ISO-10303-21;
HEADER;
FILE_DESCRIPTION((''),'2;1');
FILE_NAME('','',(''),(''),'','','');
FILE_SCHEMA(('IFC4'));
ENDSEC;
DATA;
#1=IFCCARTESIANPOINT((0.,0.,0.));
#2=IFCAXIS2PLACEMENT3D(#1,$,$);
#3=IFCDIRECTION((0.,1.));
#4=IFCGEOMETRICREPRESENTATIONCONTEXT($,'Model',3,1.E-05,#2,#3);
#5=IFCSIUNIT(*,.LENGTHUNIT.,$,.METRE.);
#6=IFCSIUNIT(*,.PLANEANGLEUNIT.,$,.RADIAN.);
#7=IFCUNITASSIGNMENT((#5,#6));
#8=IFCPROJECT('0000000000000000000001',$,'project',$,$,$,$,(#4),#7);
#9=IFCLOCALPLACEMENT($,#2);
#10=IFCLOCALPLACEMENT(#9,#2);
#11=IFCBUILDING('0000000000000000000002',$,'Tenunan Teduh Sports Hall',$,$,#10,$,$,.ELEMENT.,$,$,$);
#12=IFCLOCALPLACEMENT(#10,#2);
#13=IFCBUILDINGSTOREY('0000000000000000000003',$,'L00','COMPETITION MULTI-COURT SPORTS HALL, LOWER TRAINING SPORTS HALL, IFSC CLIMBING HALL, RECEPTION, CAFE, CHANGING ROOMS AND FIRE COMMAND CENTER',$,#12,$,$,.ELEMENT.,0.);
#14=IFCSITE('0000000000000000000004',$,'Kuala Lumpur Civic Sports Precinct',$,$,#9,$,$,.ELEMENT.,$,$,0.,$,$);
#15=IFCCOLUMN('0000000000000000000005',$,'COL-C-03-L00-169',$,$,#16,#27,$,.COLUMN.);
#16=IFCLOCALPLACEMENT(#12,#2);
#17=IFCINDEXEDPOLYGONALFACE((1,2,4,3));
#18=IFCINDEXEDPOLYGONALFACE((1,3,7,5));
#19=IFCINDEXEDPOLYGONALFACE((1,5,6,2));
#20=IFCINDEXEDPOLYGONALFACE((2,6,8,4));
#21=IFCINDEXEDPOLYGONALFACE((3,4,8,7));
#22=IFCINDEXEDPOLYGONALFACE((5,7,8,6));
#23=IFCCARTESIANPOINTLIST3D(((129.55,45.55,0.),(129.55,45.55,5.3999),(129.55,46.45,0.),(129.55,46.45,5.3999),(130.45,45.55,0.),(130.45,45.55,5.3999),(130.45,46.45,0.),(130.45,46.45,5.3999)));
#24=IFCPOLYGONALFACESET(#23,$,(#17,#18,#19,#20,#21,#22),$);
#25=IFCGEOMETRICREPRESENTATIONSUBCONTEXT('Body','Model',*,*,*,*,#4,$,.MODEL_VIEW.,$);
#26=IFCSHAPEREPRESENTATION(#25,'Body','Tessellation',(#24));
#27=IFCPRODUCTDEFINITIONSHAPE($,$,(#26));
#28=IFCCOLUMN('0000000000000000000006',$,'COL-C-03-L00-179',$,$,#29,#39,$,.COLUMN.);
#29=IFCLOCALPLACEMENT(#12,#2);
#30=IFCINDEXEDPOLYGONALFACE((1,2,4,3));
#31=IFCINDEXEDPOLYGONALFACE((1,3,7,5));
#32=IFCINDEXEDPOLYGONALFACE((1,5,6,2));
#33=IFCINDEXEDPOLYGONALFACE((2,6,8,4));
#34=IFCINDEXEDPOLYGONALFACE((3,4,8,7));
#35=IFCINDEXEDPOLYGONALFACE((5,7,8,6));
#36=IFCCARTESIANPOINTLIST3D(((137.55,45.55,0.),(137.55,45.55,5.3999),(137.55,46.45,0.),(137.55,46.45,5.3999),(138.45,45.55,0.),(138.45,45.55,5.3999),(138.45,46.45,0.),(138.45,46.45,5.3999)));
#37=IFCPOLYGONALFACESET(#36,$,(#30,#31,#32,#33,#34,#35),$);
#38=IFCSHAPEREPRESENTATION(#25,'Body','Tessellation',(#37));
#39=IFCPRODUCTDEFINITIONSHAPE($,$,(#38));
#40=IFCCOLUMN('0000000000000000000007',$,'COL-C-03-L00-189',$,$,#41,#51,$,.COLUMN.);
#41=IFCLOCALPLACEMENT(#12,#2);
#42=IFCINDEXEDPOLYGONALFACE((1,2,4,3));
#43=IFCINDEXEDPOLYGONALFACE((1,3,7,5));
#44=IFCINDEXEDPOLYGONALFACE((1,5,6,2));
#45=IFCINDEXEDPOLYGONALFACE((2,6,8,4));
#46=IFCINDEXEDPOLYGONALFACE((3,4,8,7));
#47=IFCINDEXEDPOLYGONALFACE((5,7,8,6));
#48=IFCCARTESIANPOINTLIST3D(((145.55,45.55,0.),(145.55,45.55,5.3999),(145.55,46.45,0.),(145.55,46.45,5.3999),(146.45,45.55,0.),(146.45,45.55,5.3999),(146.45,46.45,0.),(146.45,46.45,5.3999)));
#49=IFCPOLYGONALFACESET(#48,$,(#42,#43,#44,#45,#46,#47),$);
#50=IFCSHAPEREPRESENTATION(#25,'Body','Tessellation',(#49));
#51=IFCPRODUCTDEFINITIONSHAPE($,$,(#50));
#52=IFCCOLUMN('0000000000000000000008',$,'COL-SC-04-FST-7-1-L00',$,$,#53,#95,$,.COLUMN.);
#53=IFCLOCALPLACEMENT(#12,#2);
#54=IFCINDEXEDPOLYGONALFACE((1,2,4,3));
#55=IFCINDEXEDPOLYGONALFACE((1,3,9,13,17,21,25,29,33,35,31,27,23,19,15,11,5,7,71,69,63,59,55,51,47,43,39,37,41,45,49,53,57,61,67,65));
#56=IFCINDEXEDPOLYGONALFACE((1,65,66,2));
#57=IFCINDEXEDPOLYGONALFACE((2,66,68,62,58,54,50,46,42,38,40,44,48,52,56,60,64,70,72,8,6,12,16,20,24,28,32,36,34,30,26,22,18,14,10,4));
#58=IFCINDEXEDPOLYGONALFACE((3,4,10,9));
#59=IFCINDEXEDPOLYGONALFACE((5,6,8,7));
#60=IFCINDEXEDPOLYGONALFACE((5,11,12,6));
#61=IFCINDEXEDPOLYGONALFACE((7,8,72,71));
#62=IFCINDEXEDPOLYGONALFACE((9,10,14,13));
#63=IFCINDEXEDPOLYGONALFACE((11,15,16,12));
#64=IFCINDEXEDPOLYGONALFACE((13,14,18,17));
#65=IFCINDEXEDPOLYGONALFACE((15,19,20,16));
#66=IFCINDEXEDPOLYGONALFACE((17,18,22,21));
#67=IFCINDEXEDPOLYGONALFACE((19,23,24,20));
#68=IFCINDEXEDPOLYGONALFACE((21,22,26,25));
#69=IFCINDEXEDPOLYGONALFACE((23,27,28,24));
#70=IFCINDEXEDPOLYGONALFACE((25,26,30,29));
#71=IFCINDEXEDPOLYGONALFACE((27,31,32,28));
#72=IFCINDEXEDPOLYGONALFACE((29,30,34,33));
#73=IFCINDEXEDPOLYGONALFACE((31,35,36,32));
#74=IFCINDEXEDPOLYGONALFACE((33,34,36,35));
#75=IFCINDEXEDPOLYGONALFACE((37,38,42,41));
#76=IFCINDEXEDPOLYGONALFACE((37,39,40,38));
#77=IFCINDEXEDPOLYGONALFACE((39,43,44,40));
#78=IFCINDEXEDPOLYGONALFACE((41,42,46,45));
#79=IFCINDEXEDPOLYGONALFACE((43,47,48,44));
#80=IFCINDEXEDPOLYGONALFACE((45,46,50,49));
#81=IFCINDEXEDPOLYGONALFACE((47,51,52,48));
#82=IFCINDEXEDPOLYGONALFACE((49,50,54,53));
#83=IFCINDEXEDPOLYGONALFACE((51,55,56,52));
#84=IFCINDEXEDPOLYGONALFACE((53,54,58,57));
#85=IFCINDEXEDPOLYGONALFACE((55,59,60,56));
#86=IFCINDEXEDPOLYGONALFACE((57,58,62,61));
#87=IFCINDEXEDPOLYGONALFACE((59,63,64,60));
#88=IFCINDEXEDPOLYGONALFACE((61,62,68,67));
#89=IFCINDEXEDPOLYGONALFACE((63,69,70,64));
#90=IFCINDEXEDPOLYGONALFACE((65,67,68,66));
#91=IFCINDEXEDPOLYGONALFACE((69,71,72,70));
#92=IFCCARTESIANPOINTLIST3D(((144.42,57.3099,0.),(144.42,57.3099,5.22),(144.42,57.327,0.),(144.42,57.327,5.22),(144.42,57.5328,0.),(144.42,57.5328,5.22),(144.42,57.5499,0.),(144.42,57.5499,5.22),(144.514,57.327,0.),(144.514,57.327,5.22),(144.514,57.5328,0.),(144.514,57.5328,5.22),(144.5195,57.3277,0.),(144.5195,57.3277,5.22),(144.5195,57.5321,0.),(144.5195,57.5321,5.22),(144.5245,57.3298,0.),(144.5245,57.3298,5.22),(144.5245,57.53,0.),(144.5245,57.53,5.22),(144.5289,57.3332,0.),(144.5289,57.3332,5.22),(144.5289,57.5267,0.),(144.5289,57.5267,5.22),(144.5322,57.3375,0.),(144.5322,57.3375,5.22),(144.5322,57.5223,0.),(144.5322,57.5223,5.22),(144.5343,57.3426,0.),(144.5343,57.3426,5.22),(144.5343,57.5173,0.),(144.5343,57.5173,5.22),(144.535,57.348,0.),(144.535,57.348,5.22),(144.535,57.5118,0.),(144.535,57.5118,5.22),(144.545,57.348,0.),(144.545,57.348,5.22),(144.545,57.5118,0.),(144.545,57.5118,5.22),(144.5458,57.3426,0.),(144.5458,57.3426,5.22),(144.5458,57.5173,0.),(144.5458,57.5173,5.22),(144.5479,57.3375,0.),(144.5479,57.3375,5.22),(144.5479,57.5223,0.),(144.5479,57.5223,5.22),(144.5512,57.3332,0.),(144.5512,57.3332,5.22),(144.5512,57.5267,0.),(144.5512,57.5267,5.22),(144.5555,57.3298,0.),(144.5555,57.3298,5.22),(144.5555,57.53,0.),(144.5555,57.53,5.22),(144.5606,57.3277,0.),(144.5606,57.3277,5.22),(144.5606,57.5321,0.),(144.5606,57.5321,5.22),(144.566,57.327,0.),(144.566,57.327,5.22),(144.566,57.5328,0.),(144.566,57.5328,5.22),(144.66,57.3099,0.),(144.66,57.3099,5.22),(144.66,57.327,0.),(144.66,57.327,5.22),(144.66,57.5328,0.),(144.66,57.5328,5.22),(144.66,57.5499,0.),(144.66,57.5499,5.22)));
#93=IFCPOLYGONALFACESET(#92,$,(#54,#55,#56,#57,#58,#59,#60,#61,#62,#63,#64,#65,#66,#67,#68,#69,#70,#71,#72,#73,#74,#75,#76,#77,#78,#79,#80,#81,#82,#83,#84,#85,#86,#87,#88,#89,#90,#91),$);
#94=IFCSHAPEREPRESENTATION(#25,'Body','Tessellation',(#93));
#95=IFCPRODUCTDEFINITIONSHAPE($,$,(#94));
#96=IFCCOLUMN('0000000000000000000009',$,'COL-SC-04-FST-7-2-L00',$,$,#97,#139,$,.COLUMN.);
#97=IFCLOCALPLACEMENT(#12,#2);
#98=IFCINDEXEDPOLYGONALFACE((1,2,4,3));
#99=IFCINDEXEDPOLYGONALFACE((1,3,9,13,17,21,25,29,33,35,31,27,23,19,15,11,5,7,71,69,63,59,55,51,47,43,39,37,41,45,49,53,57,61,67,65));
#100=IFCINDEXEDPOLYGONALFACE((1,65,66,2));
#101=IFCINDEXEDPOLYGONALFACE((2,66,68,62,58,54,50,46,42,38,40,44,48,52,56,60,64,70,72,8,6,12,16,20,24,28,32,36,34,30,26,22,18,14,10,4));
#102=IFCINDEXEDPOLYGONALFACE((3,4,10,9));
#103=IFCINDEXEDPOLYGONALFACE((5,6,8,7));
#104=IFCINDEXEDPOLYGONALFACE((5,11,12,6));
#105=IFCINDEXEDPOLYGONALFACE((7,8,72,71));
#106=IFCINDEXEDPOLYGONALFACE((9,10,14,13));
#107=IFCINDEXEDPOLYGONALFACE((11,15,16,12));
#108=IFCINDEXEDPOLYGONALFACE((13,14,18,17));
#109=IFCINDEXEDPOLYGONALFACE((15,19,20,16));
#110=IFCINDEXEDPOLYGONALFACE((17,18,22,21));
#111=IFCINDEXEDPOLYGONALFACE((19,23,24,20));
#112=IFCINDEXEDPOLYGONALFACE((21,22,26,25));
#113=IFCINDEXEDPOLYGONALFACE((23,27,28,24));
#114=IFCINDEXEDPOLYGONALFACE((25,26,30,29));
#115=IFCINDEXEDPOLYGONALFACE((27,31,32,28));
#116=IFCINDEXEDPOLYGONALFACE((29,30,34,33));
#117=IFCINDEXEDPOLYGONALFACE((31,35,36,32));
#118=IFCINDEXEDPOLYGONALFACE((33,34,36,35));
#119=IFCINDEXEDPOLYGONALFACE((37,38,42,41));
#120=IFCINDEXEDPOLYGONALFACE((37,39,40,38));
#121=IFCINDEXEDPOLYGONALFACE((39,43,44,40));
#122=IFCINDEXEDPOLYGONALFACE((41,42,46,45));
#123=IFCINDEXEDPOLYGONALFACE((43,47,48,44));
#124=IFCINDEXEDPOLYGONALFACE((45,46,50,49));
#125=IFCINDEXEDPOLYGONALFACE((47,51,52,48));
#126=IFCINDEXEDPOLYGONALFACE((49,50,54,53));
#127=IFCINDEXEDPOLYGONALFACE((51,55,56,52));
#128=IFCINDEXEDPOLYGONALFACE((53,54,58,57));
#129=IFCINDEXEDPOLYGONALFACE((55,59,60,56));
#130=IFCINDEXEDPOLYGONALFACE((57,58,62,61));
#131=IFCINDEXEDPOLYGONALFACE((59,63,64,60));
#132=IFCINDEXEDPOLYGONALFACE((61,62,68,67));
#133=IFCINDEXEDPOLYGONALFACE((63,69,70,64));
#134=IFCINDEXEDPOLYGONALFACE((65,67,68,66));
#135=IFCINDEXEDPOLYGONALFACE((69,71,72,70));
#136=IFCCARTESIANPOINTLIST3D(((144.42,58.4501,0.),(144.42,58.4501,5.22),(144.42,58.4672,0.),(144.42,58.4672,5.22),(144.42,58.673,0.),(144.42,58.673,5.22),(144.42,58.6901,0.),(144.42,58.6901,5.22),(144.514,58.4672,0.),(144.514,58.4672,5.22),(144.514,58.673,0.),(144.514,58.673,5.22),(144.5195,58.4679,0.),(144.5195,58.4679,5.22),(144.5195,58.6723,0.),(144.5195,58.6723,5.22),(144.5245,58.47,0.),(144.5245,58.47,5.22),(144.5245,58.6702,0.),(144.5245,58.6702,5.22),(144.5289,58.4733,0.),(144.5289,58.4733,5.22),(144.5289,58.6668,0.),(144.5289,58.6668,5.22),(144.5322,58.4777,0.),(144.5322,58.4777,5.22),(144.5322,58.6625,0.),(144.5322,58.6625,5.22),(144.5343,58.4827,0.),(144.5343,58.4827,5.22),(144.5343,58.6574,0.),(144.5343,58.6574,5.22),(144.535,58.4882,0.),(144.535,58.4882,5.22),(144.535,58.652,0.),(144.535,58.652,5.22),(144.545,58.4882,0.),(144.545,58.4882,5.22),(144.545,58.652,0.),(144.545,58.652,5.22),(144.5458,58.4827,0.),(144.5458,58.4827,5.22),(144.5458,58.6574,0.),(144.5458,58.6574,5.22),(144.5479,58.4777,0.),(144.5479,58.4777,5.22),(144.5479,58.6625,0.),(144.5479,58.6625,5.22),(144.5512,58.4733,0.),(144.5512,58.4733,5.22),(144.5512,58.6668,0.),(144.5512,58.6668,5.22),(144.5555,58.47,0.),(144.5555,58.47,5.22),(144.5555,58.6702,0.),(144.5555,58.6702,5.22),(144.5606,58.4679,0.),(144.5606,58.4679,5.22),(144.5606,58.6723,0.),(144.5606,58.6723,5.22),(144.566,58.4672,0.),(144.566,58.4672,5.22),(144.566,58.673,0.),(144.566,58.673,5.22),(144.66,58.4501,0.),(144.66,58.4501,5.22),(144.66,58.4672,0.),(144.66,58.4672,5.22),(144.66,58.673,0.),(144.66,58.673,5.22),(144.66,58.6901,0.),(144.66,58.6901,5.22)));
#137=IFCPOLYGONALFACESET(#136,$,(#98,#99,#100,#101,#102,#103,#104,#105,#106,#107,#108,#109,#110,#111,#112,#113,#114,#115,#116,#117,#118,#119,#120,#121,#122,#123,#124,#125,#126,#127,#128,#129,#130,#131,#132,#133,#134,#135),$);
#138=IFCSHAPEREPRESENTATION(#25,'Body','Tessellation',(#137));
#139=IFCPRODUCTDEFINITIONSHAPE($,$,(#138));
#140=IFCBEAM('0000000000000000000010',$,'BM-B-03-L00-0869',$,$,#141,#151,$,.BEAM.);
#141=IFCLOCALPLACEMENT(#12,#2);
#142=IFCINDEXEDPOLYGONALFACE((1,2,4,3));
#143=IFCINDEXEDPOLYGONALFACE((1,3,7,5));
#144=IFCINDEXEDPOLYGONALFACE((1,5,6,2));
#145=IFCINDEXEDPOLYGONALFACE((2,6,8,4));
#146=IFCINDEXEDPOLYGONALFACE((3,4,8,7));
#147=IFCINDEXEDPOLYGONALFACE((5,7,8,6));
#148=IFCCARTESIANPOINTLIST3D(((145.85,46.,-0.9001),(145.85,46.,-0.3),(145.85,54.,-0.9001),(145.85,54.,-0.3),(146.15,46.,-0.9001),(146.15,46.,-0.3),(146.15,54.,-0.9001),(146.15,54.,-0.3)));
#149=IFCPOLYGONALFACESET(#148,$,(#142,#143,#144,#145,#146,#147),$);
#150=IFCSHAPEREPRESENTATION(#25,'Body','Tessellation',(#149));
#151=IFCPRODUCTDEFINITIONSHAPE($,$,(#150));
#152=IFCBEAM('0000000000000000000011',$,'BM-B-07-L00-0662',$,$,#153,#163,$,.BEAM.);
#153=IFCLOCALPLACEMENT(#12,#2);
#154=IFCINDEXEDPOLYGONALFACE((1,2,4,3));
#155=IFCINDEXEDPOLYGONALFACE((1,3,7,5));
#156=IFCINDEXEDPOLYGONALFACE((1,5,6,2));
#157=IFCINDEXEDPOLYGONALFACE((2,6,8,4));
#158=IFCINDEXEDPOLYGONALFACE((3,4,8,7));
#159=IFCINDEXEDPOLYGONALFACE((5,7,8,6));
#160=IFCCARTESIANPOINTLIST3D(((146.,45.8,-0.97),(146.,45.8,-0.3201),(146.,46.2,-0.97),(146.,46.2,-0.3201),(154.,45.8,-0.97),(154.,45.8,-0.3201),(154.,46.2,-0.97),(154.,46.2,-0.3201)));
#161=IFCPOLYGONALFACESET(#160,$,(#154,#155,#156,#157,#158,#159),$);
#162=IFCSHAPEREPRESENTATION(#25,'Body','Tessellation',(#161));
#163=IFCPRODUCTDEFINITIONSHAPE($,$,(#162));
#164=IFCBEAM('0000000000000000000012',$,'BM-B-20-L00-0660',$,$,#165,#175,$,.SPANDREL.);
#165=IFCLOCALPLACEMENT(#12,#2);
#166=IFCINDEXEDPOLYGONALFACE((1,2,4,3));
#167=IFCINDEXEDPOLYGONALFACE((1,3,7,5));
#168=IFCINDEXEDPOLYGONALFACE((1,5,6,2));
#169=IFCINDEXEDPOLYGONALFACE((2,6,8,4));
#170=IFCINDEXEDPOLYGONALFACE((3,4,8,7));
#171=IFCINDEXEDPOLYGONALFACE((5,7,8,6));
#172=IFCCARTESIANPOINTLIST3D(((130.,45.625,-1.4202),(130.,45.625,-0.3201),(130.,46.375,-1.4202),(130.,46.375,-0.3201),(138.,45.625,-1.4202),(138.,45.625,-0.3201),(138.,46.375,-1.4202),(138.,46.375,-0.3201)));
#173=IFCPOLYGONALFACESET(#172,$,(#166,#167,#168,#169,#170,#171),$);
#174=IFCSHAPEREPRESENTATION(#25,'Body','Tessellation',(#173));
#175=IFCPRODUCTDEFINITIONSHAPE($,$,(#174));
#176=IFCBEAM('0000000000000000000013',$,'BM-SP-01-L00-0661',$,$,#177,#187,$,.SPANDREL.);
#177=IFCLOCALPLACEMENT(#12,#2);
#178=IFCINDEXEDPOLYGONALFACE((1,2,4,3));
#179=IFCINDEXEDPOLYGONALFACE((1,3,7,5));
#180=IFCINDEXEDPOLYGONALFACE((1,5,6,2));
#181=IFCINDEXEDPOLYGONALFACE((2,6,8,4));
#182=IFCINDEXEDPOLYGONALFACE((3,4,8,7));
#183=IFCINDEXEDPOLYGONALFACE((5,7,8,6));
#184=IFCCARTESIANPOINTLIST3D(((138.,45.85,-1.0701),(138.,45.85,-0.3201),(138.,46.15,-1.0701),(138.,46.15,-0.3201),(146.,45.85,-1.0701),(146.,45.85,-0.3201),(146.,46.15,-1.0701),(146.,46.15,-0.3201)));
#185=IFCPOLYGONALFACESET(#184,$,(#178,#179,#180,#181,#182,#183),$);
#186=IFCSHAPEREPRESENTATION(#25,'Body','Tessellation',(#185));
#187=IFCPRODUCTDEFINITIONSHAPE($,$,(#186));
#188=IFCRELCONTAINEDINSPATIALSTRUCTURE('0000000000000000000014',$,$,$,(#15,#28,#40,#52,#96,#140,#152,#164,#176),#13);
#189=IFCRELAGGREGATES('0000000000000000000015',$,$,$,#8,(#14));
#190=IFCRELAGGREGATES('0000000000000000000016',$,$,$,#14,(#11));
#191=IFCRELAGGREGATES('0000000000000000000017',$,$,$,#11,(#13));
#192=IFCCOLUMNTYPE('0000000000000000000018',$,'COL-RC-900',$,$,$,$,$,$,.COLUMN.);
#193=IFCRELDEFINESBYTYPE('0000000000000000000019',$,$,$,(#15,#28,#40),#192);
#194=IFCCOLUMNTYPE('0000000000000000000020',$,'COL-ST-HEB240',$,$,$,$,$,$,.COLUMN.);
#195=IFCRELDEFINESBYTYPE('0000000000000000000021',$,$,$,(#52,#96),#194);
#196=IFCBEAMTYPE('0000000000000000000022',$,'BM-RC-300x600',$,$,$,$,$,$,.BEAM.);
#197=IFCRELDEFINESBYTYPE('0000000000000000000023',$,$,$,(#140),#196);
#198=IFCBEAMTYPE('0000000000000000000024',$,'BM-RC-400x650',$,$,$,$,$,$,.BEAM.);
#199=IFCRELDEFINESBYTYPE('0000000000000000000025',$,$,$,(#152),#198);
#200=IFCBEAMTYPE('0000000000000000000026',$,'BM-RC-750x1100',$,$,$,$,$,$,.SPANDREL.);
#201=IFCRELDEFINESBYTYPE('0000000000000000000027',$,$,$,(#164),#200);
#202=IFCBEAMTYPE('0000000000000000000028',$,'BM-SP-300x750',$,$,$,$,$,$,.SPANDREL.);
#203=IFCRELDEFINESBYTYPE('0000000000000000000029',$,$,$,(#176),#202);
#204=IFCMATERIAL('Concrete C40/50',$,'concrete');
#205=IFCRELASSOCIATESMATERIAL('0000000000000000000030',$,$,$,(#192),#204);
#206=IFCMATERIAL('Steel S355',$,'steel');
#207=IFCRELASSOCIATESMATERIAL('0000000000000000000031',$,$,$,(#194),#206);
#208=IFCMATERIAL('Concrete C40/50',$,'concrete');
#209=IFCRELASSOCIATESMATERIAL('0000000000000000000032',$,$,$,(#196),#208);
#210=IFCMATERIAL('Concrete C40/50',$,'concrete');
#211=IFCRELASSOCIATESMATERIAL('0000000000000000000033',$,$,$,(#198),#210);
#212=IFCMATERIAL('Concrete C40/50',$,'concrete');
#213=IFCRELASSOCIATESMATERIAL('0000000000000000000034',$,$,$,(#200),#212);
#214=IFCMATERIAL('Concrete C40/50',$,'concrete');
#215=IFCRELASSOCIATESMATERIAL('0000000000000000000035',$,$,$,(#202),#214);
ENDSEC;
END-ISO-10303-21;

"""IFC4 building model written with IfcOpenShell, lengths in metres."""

from ifc_helpers import new_model, si_unit, direction, frame, origin, origin_2d, place, context, subcontext, project, spatial, rectangle, i_section, extrude, material, material_profile, profile_set, type_object, element, save


model = new_model("IFC4")

# Units and contexts
model_context = context("Model", 3, precision=1e-05, world=origin(), true_north=direction((0.0, 1.0)))
body_context = subcontext(model_context, "Body", "Model", "MODEL_VIEW")
ifc_project = project(units=[si_unit("LENGTHUNIT", "METRE"), si_unit("PLANEANGLEUNIT", "RADIAN")], contexts=[model_context])

# Site, building, storey
site_placement = place(None, origin())
site = spatial("IfcSite", under=ifc_project, at=site_placement, Name="Kuala Lumpur Civic Sports Precinct", CompositionType="ELEMENT", RefElevation=0.0)
building_placement = place(site_placement, origin())
building = spatial("IfcBuilding", under=site, at=building_placement, Name="Tenunan Teduh Sports Hall", CompositionType="ELEMENT")
storey_placement = place(building_placement, origin())
storey = spatial("IfcBuildingStorey", under=building, at=storey_placement, Name="L00", Description="COMPETITION MULTI-COURT SPORTS HALL, LOWER TRAINING SPORTS HALL, IFSC CLIMBING HALL, RECEPTION, CAFE, CHANGING ROOMS AND FIRE COMMAND CENTER", CompositionType="ELEMENT", Elevation=0.0)

# Columns
ifc_material_1 = material(Name="Concrete C40/50", Category="concrete")
ifc_material_profile_1 = material_profile(ifc_material_1, rectangle(XDim=0.8999, YDim=0.8999, at=origin_2d()), Name="RC 900x900")
ifc_profile_set_1 = profile_set([ifc_material_profile_1], Name="Concrete C40/50")
column_type_1 = type_object("IfcColumnType", Name="COL-RC-900", PredefinedType="COLUMN", material=ifc_profile_set_1)
for number, where, z_axis, x_axis, name in (
    (1, (130.0, 46.0, 0.0), (0.0, 0.0, 1.0), (1.0, 0.0, 0.0), "COL-C-03-L00-169"),
    (2, (138.0, 46.0, 0.0), (0.0, 0.0, 1.0), (1.0, 0.0, 0.0), "COL-C-03-L00-179"),
    (3, (146.0, 46.0, 0.0), (0.0, 0.0, 1.0), (1.0, 0.0, 0.0), "COL-C-03-L00-189"),
):
    element("IfcColumn", number, at=place(storey_placement, frame(where, z_axis=z_axis, x_axis=x_axis)), inside=storey, type_object=column_type_1, Name=name, PredefinedType="COLUMN", context=body_context, shape_type="SweptSolid", body=[
        extrude(rectangle(XDim=0.8999, YDim=0.8999, at=origin_2d()), origin(), (0.0, 0.0, 1.0), 5.3999),
    ])
ifc_material_2 = material(Name="Steel S355", Category="steel")
ifc_material_profile_2 = material_profile(ifc_material_2, i_section(OverallWidth=0.24, OverallDepth=0.24, WebThickness=0.01, FlangeThickness=0.0171, FilletRadius=0.021, at=origin_2d()), Name="HEB 240")
ifc_profile_set_2 = profile_set([ifc_material_profile_2], Name="Steel S355")
column_type_2 = type_object("IfcColumnType", Name="COL-ST-HEB240", PredefinedType="COLUMN", material=ifc_profile_set_2)
for number, where, z_axis, x_axis, name in (
    (4, (144.54, 57.4299, 0.0), (0.0, 0.0, 1.0), (1.0, 0.0, 0.0), "COL-SC-04-FST-7-1-L00"),
    (5, (144.54, 58.5701, 0.0), (0.0, 0.0, 1.0), (1.0, 0.0, 0.0), "COL-SC-04-FST-7-2-L00"),
):
    element("IfcColumn", number, at=place(storey_placement, frame(where, z_axis=z_axis, x_axis=x_axis)), inside=storey, type_object=column_type_2, Name=name, PredefinedType="COLUMN", context=body_context, shape_type="SweptSolid", body=[
        extrude(i_section(OverallWidth=0.24, OverallDepth=0.24, WebThickness=0.01, FlangeThickness=0.0171, FilletRadius=0.021, at=origin_2d()), origin(), (0.0, 0.0, 1.0), 5.22),
    ])

# Beams
ifc_material_3 = material(Name="Concrete C40/50", Category="concrete")
ifc_material_profile_3 = material_profile(ifc_material_3, rectangle(XDim=0.3, YDim=0.6001, at=origin_2d()), Name="RCB 300x600")
ifc_profile_set_3 = profile_set([ifc_material_profile_3], Name="Concrete C40/50")
beam_type_1 = type_object("IfcBeamType", Name="BM-RC-300x600", PredefinedType="BEAM", material=ifc_profile_set_3)
beam_1_placement = place(storey_placement, frame((146.0, 46.0, -0.6001), z_axis=(0.0, 1.0, 0.0), x_axis=(-1.0, 0.0, 0.0)))
element("IfcBeam", 6, at=beam_1_placement, inside=storey, type_object=beam_type_1, Name="BM-B-03-L00-0869", PredefinedType="BEAM", context=body_context, shape_type="SweptSolid", body=[
    extrude(rectangle(XDim=0.3, YDim=0.6001, at=origin_2d()), origin(), (0.0, 0.0, 1.0), 8.0),
])
ifc_material_4 = material(Name="Concrete C40/50", Category="concrete")
ifc_material_profile_4 = material_profile(ifc_material_4, rectangle(XDim=0.3999, YDim=0.6499, at=origin_2d()), Name="RCB 400x650")
ifc_profile_set_4 = profile_set([ifc_material_profile_4], Name="Concrete C40/50")
beam_type_2 = type_object("IfcBeamType", Name="BM-RC-400x650", PredefinedType="BEAM", material=ifc_profile_set_4)
beam_2_placement = place(storey_placement, frame((146.0, 46.0, -0.645), z_axis=(1.0, 0.0, 0.0), x_axis=(0.0, 1.0, 0.0)))
element("IfcBeam", 7, at=beam_2_placement, inside=storey, type_object=beam_type_2, Name="BM-B-07-L00-0662", PredefinedType="BEAM", context=body_context, shape_type="SweptSolid", body=[
    extrude(rectangle(XDim=0.3999, YDim=0.6499, at=origin_2d()), origin(), (0.0, 0.0, 1.0), 8.0),
])
ifc_material_5 = material(Name="Concrete C40/50", Category="concrete")
ifc_material_profile_5 = material_profile(ifc_material_5, rectangle(XDim=0.75, YDim=1.1001, at=origin_2d()), Name="RCB 750x1100")
ifc_profile_set_5 = profile_set([ifc_material_profile_5], Name="Concrete C40/50")
beam_type_3 = type_object("IfcBeamType", Name="BM-RC-750x1100", PredefinedType="SPANDREL", material=ifc_profile_set_5)
beam_3_placement = place(storey_placement, frame((130.0, 46.0, -0.8701), z_axis=(1.0, 0.0, 0.0), x_axis=(0.0, 1.0, 0.0)))
element("IfcBeam", 8, at=beam_3_placement, inside=storey, type_object=beam_type_3, Name="BM-B-20-L00-0660", PredefinedType="SPANDREL", context=body_context, shape_type="SweptSolid", body=[
    extrude(rectangle(XDim=0.75, YDim=1.1001, at=origin_2d()), origin(), (0.0, 0.0, 1.0), 8.0),
])
ifc_material_6 = material(Name="Concrete C40/50", Category="concrete")
ifc_material_profile_6 = material_profile(ifc_material_6, rectangle(XDim=0.3, YDim=0.75, at=origin_2d()), Name="SPB 300x750")
ifc_profile_set_6 = profile_set([ifc_material_profile_6], Name="Concrete C40/50")
beam_type_4 = type_object("IfcBeamType", Name="BM-SP-300x750", PredefinedType="SPANDREL", material=ifc_profile_set_6)
beam_4_placement = place(storey_placement, frame((138.0, 46.0, -0.6951), z_axis=(1.0, 0.0, 0.0), x_axis=(0.0, 1.0, 0.0)))
element("IfcBeam", 9, at=beam_4_placement, inside=storey, type_object=beam_type_4, Name="BM-SP-01-L00-0661", PredefinedType="SPANDREL", context=body_context, shape_type="SweptSolid", body=[
    extrude(rectangle(XDim=0.3, YDim=0.75, at=origin_2d()), origin(), (0.0, 0.0, 1.0), 8.0),
])

save(model, "model.ifc")
